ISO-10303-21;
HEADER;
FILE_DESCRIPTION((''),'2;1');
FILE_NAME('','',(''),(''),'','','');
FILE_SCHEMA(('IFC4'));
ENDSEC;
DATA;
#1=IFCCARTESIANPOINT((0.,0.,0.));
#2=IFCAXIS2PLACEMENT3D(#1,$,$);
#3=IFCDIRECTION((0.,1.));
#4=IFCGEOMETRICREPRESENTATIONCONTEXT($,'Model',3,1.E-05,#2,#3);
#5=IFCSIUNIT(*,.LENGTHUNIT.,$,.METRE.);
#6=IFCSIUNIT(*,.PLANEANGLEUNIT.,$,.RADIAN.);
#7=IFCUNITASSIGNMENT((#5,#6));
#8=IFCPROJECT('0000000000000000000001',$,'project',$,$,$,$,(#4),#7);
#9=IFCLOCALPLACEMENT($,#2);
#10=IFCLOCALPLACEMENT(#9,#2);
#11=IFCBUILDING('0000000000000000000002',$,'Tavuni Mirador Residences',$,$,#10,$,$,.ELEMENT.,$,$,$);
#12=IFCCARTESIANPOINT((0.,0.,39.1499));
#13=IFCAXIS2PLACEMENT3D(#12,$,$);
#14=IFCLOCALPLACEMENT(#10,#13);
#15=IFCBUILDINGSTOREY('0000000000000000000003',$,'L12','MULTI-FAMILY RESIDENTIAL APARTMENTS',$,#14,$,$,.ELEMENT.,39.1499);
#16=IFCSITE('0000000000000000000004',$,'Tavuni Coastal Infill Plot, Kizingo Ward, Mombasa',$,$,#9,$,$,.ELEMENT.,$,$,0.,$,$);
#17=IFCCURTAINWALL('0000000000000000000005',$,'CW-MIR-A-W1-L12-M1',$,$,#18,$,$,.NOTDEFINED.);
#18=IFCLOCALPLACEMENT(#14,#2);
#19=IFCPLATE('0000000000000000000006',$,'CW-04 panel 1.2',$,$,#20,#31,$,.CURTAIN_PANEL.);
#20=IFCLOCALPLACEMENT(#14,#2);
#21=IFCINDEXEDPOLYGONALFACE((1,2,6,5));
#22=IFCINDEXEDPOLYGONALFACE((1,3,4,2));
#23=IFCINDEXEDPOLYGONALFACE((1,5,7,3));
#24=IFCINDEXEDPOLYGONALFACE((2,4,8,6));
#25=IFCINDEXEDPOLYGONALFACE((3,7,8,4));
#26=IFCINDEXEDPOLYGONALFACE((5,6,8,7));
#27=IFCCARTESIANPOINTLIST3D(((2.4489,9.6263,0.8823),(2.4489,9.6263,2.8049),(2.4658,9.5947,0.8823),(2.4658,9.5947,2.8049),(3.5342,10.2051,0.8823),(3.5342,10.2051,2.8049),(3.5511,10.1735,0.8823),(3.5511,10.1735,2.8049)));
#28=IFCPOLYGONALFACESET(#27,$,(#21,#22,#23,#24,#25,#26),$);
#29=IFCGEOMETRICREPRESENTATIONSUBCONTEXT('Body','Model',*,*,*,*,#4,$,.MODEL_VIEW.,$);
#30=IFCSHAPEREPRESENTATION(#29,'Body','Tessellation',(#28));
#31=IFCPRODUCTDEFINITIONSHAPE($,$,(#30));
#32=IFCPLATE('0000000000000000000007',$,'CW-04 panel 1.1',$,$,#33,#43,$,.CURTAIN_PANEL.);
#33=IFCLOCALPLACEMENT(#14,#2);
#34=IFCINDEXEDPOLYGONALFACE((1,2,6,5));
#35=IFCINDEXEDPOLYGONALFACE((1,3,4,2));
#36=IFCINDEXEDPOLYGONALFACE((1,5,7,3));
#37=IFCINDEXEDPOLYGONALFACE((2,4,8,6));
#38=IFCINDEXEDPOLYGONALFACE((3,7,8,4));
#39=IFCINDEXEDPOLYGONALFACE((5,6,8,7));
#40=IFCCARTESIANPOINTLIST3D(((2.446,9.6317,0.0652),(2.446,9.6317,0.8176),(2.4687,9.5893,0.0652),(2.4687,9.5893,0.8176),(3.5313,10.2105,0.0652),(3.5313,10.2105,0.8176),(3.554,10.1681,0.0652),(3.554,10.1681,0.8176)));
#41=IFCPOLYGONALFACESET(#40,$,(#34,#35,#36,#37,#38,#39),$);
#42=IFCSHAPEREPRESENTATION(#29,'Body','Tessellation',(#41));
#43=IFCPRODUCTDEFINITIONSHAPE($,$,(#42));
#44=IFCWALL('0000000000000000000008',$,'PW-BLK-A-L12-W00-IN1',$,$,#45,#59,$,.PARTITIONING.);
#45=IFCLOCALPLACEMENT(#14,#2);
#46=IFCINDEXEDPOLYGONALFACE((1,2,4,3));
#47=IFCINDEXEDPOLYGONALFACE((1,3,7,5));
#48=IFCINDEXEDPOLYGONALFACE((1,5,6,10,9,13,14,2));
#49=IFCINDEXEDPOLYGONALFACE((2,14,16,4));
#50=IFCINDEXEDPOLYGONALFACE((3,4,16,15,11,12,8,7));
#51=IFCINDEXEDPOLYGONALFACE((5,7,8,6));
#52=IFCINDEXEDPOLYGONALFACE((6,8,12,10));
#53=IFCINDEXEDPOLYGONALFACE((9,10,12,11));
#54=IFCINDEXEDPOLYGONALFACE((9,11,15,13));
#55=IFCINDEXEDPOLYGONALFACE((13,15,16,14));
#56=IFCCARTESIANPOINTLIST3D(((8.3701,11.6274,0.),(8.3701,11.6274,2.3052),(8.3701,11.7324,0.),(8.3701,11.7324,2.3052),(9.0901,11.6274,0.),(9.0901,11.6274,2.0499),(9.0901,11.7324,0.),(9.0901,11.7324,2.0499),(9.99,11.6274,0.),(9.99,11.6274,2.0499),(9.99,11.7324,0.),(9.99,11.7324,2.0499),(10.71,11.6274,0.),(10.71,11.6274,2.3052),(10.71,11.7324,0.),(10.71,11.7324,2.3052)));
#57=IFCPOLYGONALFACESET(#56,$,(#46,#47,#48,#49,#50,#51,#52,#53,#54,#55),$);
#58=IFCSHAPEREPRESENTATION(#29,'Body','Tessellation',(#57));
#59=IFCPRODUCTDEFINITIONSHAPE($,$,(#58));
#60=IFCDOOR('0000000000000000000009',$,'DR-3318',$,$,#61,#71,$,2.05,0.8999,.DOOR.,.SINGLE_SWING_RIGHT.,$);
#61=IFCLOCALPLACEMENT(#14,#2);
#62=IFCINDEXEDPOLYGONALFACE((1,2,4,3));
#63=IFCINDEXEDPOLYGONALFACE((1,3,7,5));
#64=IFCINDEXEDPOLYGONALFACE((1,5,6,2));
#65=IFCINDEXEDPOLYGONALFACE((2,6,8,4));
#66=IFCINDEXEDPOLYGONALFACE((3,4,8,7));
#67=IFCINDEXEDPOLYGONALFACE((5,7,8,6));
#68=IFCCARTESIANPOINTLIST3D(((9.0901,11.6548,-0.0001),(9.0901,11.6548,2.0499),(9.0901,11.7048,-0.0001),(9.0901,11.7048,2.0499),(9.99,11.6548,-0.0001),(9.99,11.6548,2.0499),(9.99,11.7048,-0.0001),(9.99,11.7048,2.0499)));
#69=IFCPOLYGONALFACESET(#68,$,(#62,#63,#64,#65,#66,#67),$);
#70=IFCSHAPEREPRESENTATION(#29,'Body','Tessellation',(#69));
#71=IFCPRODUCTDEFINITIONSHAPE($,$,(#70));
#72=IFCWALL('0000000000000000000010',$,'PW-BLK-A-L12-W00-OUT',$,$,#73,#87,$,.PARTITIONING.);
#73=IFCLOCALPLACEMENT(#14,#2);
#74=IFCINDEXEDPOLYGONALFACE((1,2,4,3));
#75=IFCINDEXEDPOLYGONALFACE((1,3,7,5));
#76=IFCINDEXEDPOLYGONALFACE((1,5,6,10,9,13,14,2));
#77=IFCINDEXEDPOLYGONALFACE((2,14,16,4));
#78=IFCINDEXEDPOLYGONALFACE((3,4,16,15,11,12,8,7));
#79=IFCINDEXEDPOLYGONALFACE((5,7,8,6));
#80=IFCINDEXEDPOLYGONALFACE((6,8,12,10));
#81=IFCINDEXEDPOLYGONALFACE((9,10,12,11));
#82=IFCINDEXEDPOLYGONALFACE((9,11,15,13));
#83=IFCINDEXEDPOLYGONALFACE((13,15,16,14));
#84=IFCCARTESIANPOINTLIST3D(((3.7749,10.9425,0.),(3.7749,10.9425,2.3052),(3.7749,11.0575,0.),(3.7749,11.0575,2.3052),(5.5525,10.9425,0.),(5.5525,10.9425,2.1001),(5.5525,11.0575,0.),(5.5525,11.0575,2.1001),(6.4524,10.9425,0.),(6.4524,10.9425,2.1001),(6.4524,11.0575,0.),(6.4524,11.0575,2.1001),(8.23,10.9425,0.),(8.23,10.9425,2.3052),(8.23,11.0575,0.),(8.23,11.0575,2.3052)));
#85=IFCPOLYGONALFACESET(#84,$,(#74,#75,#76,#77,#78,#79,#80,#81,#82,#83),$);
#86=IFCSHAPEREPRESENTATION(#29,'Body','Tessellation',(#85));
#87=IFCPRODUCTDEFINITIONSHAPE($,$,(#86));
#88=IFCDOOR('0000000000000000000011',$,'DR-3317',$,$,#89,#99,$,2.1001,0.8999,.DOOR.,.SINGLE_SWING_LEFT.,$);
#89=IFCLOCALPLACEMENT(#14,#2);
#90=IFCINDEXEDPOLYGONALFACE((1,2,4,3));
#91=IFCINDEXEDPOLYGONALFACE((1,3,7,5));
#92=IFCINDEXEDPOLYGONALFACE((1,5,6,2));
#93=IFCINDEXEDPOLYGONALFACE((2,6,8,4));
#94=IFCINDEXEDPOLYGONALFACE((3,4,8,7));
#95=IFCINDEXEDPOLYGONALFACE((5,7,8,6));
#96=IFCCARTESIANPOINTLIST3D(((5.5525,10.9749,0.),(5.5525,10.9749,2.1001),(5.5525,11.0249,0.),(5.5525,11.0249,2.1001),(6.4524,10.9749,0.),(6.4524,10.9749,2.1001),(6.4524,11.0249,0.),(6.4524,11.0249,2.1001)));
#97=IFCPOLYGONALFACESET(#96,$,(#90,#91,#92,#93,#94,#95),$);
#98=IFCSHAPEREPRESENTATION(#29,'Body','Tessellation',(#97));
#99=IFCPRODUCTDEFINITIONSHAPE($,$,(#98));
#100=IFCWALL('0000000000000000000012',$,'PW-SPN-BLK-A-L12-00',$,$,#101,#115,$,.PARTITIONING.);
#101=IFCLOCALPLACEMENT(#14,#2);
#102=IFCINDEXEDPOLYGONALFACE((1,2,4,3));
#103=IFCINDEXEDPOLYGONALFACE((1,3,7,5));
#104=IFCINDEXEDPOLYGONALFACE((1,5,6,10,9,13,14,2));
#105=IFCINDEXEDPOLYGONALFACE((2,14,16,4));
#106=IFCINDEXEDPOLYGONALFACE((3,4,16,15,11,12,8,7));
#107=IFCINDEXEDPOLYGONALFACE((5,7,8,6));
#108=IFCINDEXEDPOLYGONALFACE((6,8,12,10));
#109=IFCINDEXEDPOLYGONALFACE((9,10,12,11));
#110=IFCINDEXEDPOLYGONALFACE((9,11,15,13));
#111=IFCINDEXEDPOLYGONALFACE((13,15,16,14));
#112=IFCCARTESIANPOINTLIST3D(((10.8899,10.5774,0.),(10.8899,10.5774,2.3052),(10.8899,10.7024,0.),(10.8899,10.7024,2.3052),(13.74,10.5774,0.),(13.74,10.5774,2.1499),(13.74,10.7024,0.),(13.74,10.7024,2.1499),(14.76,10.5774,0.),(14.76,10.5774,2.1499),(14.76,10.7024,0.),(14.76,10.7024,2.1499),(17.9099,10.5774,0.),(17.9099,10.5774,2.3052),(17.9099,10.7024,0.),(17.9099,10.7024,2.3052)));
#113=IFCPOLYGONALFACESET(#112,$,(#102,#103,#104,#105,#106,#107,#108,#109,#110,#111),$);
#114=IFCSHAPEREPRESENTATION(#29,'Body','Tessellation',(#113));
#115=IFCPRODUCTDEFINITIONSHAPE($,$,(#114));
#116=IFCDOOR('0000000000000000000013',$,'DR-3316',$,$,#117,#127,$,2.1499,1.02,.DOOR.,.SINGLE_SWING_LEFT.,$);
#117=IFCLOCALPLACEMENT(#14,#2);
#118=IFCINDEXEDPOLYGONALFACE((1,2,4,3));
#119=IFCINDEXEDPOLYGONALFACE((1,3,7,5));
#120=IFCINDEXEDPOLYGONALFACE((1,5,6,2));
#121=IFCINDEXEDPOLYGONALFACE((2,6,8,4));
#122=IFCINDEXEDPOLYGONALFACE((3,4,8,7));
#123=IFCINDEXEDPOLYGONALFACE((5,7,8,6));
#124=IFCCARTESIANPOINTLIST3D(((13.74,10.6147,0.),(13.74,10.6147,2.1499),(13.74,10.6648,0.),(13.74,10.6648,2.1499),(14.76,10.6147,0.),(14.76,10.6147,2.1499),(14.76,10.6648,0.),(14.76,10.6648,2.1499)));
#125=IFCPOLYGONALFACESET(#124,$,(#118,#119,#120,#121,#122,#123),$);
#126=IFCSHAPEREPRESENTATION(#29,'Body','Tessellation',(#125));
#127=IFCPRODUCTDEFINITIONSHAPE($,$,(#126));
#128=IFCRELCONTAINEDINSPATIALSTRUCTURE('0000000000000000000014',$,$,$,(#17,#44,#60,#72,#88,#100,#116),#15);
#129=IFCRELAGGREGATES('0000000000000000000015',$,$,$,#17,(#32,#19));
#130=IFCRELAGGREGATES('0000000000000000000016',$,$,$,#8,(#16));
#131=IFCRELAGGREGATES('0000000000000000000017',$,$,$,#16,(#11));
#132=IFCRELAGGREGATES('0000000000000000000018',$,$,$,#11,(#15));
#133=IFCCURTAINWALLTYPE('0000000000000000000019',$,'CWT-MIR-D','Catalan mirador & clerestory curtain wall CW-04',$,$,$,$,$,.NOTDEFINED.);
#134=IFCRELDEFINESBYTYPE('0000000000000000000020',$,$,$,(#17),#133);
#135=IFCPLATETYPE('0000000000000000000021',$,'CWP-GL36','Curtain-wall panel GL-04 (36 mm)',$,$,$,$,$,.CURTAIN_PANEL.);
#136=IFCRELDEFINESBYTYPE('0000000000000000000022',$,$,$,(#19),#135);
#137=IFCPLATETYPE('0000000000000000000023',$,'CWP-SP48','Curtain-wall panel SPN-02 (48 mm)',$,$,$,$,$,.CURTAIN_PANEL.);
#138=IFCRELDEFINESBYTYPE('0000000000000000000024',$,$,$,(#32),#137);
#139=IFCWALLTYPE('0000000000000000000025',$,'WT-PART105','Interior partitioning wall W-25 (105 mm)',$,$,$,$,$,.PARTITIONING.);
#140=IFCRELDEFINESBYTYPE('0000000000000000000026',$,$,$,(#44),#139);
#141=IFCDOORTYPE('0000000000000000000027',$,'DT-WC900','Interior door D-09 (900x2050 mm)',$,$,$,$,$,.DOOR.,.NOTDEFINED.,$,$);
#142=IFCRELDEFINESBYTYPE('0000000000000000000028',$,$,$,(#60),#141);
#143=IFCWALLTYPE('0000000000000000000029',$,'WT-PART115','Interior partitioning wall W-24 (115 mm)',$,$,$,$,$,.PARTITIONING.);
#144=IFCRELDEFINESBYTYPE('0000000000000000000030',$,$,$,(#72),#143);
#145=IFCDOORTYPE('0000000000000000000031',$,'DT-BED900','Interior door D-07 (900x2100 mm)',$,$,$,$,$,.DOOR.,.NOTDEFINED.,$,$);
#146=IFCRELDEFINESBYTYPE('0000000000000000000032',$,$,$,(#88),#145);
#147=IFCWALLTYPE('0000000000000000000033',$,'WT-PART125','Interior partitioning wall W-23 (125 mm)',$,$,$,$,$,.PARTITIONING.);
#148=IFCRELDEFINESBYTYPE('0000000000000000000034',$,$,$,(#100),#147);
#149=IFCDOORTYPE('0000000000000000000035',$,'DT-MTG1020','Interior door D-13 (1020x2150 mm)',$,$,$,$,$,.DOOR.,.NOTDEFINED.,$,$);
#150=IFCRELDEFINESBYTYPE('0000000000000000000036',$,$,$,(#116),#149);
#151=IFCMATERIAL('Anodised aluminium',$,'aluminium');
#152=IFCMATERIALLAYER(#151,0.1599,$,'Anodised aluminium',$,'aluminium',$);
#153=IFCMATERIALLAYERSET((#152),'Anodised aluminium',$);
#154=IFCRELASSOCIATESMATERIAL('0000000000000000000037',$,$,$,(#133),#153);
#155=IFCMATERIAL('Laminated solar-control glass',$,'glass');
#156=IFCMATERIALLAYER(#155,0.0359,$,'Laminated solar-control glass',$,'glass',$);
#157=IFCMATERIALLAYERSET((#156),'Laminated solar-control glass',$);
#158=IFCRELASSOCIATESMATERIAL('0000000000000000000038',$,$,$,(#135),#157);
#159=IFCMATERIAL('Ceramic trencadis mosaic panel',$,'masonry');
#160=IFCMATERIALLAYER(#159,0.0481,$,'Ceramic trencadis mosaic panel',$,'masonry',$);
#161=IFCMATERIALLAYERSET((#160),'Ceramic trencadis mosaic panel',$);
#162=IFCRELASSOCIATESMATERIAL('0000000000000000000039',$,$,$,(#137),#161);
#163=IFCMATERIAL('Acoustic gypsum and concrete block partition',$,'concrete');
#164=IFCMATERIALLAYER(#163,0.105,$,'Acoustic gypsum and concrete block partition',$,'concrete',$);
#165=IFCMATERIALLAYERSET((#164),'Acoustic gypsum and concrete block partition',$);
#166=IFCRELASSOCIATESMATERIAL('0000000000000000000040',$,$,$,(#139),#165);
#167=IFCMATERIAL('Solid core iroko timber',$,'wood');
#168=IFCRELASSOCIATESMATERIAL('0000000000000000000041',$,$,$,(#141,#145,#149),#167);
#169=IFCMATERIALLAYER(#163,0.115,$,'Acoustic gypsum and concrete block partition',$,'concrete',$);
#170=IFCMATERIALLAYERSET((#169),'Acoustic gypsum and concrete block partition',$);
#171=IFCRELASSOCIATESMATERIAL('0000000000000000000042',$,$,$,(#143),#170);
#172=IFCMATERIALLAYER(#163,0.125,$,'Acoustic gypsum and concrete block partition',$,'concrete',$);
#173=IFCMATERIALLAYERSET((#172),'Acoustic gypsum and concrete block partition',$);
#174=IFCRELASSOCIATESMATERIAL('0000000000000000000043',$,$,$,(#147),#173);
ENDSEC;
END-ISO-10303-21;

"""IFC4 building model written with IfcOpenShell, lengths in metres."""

from ifc_helpers import new_model, si_unit, direction, frame, frame_2d, origin, origin_2d, place, context, subcontext, project, spatial, rectangle, extrude, material, layer, layer_set, type_object, element, fill, aggregate, save


model = new_model("IFC4")

# Units and contexts
model_context = context("Model", 3, precision=1e-05, world=origin(), true_north=direction((0.0, 1.0)))
body_context = subcontext(model_context, "Body", "Model", "MODEL_VIEW")
ifc_project = project(units=[si_unit("LENGTHUNIT", "METRE"), si_unit("PLANEANGLEUNIT", "RADIAN")], contexts=[model_context])

# Site, building, storey
site_placement = place(None, origin())
site = spatial("IfcSite", under=ifc_project, at=site_placement, Name="Tavuni Coastal Infill Plot, Kizingo Ward, Mombasa", CompositionType="ELEMENT", RefElevation=0.0)
building_placement = place(site_placement, origin())
building = spatial("IfcBuilding", under=site, at=building_placement, Name="Tavuni Mirador Residences", CompositionType="ELEMENT")
storey_placement = place(building_placement, frame((0.0, 0.0, 39.1499)))
storey = spatial("IfcBuildingStorey", under=building, at=storey_placement, Name="L12", Description="MULTI-FAMILY RESIDENTIAL APARTMENTS", CompositionType="ELEMENT", Elevation=39.1499)

# Shared definitions
ifc_material_1 = material(Name="Anodised aluminium", Category="aluminium")

# Curtain wall
ifc_layer_1 = layer(ifc_material_1, 0.1599, Name="Anodised aluminium", Category="aluminium")
ifc_layer_set_1 = layer_set([ifc_layer_1], Name="Anodised aluminium")
curtain_wall_type_1 = type_object("IfcCurtainWallType", Name="CWT-MIR-D", Description="Catalan mirador & clerestory curtain wall CW-04", PredefinedType="NOTDEFINED", material=ifc_layer_set_1)
curtain_wall_1_placement = place(storey_placement, origin())
curtain_wall_1 = element("IfcCurtainWall", 1, at=curtain_wall_1_placement, inside=storey, type_object=curtain_wall_type_1, Name="CW-MIR-A-W1-L12-M1", PredefinedType="NOTDEFINED")

# Plates
ifc_material_2 = material(Name="Laminated solar-control glass", Category="glass")
ifc_layer_2 = layer(ifc_material_2, 0.0359, Name="Laminated solar-control glass", Category="glass")
ifc_layer_set_2 = layer_set([ifc_layer_2], Name="Laminated solar-control glass")
plate_type_1 = type_object("IfcPlateType", Name="CWP-GL36", Description="Curtain-wall panel GL-04 (36 mm)", PredefinedType="CURTAIN_PANEL", material=ifc_layer_set_2)
plate_1_placement = place(storey_placement, frame((3.0, 9.8999, 0.8823), z_axis=(0.0, 0.0, 1.0), x_axis=(-0.882353, -0.470588, 0.0)))
plate_1 = element("IfcPlate", 2, at=plate_1_placement, type_object=plate_type_1, Name="CW-04 panel 1.2", PredefinedType="CURTAIN_PANEL", context=body_context, shape_type="SweptSolid", body=[
    extrude(rectangle(XDim=1.23, YDim=0.0359, at=origin_2d()), origin(), (0.0, 0.0, 1.0), 1.9226),
])
ifc_material_3 = material(Name="Ceramic trencadis mosaic panel", Category="masonry")
ifc_layer_3 = layer(ifc_material_3, 0.0481, Name="Ceramic trencadis mosaic panel", Category="masonry")
ifc_layer_set_3 = layer_set([ifc_layer_3], Name="Ceramic trencadis mosaic panel")
plate_type_2 = type_object("IfcPlateType", Name="CWP-SP48", Description="Curtain-wall panel SPN-02 (48 mm)", PredefinedType="CURTAIN_PANEL", material=ifc_layer_set_3)
plate_2_placement = place(storey_placement, frame((3.0, 9.8999, 0.0652), z_axis=(0.0, 0.0, 1.0), x_axis=(-0.882353, -0.470588, 0.0)))
plate_2 = element("IfcPlate", 3, at=plate_2_placement, type_object=plate_type_2, Name="CW-04 panel 1.1", PredefinedType="CURTAIN_PANEL", context=body_context, shape_type="SweptSolid", body=[
    extrude(rectangle(XDim=1.23, YDim=0.0481, at=origin_2d()), origin(), (0.0, 0.0, 1.0), 0.7524),
])
aggregate(curtain_wall_1, [plate_2, plate_1])

# Walls, openings, doors
ifc_material_4 = material(Name="Acoustic gypsum and concrete block partition", Category="concrete")
ifc_layer_4 = layer(ifc_material_4, 0.105, Name="Acoustic gypsum and concrete block partition", Category="concrete")
ifc_layer_set_4 = layer_set([ifc_layer_4], Name="Acoustic gypsum and concrete block partition")
wall_type_1 = type_object("IfcWallType", Name="WT-PART105", Description="Interior partitioning wall W-25 (105 mm)", PredefinedType="PARTITIONING", material=ifc_layer_set_4)
wall_1_placement = place(storey_placement, frame((8.3701, 11.6799, 0.0), z_axis=(0.0, 0.0, 1.0), x_axis=(1.0, 0.0, 0.0)))
wall_1 = element("IfcWall", 4, at=wall_1_placement, inside=storey, type_object=wall_type_1, Name="PW-BLK-A-L12-W00-IN1", PredefinedType="PARTITIONING", context=body_context, shape_type="SweptSolid", body=[
    extrude(rectangle(XDim=2.3398, YDim=0.105, at=frame_2d((1.1699, 0.0))), origin(), (0.0, 0.0, 1.0), 2.3052),
])
opening_1_placement = place(wall_1_placement, frame((0.72, 0.0, 0.0)))
opening_1 = element("IfcOpeningElement", 5, at=opening_1_placement, cuts=wall_1, PredefinedType="OPENING", context=body_context, shape_type="SweptSolid", body=[
    extrude(rectangle(XDim=0.8999, YDim=2.05, at=frame_2d((0.45, 1.0249))), frame((0.0, 0.0625, 0.0), z_axis=(0.0, -1.0, 0.0), x_axis=(1.0, 0.0, 0.0)), (0.0, 0.0, 1.0), 0.125),
])
ifc_material_5 = material(Name="Solid core iroko timber", Category="wood")
door_type_1 = type_object("IfcDoorType", Name="DT-WC900", Description="Interior door D-09 (900x2050 mm)", OperationType="NOTDEFINED", PredefinedType="DOOR", material=ifc_material_5)
door_1_placement = place(opening_1_placement, origin())
door_1 = element("IfcDoor", 6, at=door_1_placement, inside=storey, type_object=door_type_1, Name="DR-3318", OperationType="SINGLE_SWING_RIGHT", OverallHeight=2.05, OverallWidth=0.8999, PredefinedType="DOOR", context=body_context, shape_type="SweptSolid", body=[
    extrude(rectangle(XDim=0.8999, YDim=2.05, at=frame_2d((0.45, 1.0249))), frame((0.0, 0.0249, 0.0), z_axis=(0.0, -1.0, 0.0), x_axis=(1.0, 0.0, 0.0)), (0.0, 0.0, 1.0), 0.05),
])
fill(opening_1, door_1)
ifc_layer_5 = layer(ifc_material_4, 0.115, Name="Acoustic gypsum and concrete block partition", Category="concrete")
ifc_layer_set_5 = layer_set([ifc_layer_5], Name="Acoustic gypsum and concrete block partition")
wall_type_2 = type_object("IfcWallType", Name="WT-PART115", Description="Interior partitioning wall W-24 (115 mm)", PredefinedType="PARTITIONING", material=ifc_layer_set_5)
wall_2_placement = place(storey_placement, frame((3.7749, 11.0, 0.0), z_axis=(0.0, 0.0, 1.0), x_axis=(1.0, 0.0, 0.0)))
wall_2 = element("IfcWall", 7, at=wall_2_placement, inside=storey, type_object=wall_type_2, Name="PW-BLK-A-L12-W00-OUT", PredefinedType="PARTITIONING", context=body_context, shape_type="SweptSolid", body=[
    extrude(rectangle(XDim=4.4551, YDim=0.115, at=frame_2d((2.2275, 0.0))), origin(), (0.0, 0.0, 1.0), 2.3052),
])
opening_2_placement = place(wall_2_placement, frame((1.7776, 0.0, 0.0)))
opening_2 = element("IfcOpeningElement", 8, at=opening_2_placement, cuts=wall_2, PredefinedType="OPENING", context=body_context, shape_type="SweptSolid", body=[
    extrude(rectangle(XDim=0.8999, YDim=2.1001, at=frame_2d((0.45, 1.05))), frame((0.0, 0.0674, 0.0), z_axis=(0.0, -1.0, 0.0), x_axis=(1.0, 0.0, 0.0)), (0.0, 0.0, 1.0), 0.135),
])
door_type_2 = type_object("IfcDoorType", Name="DT-BED900", Description="Interior door D-07 (900x2100 mm)", OperationType="NOTDEFINED", PredefinedType="DOOR", material=ifc_material_5)
door_2_placement = place(opening_2_placement, origin())
door_2 = element("IfcDoor", 9, at=door_2_placement, inside=storey, type_object=door_type_2, Name="DR-3317", OperationType="SINGLE_SWING_LEFT", OverallHeight=2.1001, OverallWidth=0.8999, PredefinedType="DOOR", context=body_context, shape_type="SweptSolid", body=[
    extrude(rectangle(XDim=0.8999, YDim=2.1001, at=frame_2d((0.45, 1.05))), frame((0.0, 0.0249, 0.0), z_axis=(0.0, -1.0, 0.0), x_axis=(1.0, 0.0, 0.0)), (0.0, 0.0, 1.0), 0.05),
])
fill(opening_2, door_2)
ifc_layer_6 = layer(ifc_material_4, 0.125, Name="Acoustic gypsum and concrete block partition", Category="concrete")
ifc_layer_set_6 = layer_set([ifc_layer_6], Name="Acoustic gypsum and concrete block partition")
wall_type_3 = type_object("IfcWallType", Name="WT-PART125", Description="Interior partitioning wall W-23 (125 mm)", PredefinedType="PARTITIONING", material=ifc_layer_set_6)
wall_3_placement = place(storey_placement, frame((10.8899, 10.6399, 0.0), z_axis=(0.0, 0.0, 1.0), x_axis=(1.0, 0.0, 0.0)))
wall_3 = element("IfcWall", 10, at=wall_3_placement, inside=storey, type_object=wall_type_3, Name="PW-SPN-BLK-A-L12-00", PredefinedType="PARTITIONING", context=body_context, shape_type="SweptSolid", body=[
    extrude(rectangle(XDim=7.02, YDim=0.125, at=frame_2d((3.51, 0.0))), origin(), (0.0, 0.0, 1.0), 2.3052),
])
opening_3_placement = place(wall_3_placement, frame((2.8501, 0.0, 0.0)))
opening_3 = element("IfcOpeningElement", 11, at=opening_3_placement, cuts=wall_3, PredefinedType="OPENING", context=body_context, shape_type="SweptSolid", body=[
    extrude(rectangle(XDim=1.02, YDim=2.1499, at=frame_2d((0.51, 1.075))), frame((0.0, 0.0725, 0.0), z_axis=(0.0, -1.0, 0.0), x_axis=(1.0, 0.0, 0.0)), (0.0, 0.0, 1.0), 0.145),
])
door_type_3 = type_object("IfcDoorType", Name="DT-MTG1020", Description="Interior door D-13 (1020x2150 mm)", OperationType="NOTDEFINED", PredefinedType="DOOR", material=ifc_material_5)
door_3_placement = place(opening_3_placement, origin())
door_3 = element("IfcDoor", 12, at=door_3_placement, inside=storey, type_object=door_type_3, Name="DR-3316", OperationType="SINGLE_SWING_LEFT", OverallHeight=2.1499, OverallWidth=1.02, PredefinedType="DOOR", context=body_context, shape_type="SweptSolid", body=[
    extrude(rectangle(XDim=1.02, YDim=2.1499, at=frame_2d((0.51, 1.075))), frame((0.0, 0.0249, 0.0), z_axis=(0.0, -1.0, 0.0), x_axis=(1.0, 0.0, 0.0)), (0.0, 0.0, 1.0), 0.05),
])
fill(opening_3, door_3)

save(model, "model.ifc")
